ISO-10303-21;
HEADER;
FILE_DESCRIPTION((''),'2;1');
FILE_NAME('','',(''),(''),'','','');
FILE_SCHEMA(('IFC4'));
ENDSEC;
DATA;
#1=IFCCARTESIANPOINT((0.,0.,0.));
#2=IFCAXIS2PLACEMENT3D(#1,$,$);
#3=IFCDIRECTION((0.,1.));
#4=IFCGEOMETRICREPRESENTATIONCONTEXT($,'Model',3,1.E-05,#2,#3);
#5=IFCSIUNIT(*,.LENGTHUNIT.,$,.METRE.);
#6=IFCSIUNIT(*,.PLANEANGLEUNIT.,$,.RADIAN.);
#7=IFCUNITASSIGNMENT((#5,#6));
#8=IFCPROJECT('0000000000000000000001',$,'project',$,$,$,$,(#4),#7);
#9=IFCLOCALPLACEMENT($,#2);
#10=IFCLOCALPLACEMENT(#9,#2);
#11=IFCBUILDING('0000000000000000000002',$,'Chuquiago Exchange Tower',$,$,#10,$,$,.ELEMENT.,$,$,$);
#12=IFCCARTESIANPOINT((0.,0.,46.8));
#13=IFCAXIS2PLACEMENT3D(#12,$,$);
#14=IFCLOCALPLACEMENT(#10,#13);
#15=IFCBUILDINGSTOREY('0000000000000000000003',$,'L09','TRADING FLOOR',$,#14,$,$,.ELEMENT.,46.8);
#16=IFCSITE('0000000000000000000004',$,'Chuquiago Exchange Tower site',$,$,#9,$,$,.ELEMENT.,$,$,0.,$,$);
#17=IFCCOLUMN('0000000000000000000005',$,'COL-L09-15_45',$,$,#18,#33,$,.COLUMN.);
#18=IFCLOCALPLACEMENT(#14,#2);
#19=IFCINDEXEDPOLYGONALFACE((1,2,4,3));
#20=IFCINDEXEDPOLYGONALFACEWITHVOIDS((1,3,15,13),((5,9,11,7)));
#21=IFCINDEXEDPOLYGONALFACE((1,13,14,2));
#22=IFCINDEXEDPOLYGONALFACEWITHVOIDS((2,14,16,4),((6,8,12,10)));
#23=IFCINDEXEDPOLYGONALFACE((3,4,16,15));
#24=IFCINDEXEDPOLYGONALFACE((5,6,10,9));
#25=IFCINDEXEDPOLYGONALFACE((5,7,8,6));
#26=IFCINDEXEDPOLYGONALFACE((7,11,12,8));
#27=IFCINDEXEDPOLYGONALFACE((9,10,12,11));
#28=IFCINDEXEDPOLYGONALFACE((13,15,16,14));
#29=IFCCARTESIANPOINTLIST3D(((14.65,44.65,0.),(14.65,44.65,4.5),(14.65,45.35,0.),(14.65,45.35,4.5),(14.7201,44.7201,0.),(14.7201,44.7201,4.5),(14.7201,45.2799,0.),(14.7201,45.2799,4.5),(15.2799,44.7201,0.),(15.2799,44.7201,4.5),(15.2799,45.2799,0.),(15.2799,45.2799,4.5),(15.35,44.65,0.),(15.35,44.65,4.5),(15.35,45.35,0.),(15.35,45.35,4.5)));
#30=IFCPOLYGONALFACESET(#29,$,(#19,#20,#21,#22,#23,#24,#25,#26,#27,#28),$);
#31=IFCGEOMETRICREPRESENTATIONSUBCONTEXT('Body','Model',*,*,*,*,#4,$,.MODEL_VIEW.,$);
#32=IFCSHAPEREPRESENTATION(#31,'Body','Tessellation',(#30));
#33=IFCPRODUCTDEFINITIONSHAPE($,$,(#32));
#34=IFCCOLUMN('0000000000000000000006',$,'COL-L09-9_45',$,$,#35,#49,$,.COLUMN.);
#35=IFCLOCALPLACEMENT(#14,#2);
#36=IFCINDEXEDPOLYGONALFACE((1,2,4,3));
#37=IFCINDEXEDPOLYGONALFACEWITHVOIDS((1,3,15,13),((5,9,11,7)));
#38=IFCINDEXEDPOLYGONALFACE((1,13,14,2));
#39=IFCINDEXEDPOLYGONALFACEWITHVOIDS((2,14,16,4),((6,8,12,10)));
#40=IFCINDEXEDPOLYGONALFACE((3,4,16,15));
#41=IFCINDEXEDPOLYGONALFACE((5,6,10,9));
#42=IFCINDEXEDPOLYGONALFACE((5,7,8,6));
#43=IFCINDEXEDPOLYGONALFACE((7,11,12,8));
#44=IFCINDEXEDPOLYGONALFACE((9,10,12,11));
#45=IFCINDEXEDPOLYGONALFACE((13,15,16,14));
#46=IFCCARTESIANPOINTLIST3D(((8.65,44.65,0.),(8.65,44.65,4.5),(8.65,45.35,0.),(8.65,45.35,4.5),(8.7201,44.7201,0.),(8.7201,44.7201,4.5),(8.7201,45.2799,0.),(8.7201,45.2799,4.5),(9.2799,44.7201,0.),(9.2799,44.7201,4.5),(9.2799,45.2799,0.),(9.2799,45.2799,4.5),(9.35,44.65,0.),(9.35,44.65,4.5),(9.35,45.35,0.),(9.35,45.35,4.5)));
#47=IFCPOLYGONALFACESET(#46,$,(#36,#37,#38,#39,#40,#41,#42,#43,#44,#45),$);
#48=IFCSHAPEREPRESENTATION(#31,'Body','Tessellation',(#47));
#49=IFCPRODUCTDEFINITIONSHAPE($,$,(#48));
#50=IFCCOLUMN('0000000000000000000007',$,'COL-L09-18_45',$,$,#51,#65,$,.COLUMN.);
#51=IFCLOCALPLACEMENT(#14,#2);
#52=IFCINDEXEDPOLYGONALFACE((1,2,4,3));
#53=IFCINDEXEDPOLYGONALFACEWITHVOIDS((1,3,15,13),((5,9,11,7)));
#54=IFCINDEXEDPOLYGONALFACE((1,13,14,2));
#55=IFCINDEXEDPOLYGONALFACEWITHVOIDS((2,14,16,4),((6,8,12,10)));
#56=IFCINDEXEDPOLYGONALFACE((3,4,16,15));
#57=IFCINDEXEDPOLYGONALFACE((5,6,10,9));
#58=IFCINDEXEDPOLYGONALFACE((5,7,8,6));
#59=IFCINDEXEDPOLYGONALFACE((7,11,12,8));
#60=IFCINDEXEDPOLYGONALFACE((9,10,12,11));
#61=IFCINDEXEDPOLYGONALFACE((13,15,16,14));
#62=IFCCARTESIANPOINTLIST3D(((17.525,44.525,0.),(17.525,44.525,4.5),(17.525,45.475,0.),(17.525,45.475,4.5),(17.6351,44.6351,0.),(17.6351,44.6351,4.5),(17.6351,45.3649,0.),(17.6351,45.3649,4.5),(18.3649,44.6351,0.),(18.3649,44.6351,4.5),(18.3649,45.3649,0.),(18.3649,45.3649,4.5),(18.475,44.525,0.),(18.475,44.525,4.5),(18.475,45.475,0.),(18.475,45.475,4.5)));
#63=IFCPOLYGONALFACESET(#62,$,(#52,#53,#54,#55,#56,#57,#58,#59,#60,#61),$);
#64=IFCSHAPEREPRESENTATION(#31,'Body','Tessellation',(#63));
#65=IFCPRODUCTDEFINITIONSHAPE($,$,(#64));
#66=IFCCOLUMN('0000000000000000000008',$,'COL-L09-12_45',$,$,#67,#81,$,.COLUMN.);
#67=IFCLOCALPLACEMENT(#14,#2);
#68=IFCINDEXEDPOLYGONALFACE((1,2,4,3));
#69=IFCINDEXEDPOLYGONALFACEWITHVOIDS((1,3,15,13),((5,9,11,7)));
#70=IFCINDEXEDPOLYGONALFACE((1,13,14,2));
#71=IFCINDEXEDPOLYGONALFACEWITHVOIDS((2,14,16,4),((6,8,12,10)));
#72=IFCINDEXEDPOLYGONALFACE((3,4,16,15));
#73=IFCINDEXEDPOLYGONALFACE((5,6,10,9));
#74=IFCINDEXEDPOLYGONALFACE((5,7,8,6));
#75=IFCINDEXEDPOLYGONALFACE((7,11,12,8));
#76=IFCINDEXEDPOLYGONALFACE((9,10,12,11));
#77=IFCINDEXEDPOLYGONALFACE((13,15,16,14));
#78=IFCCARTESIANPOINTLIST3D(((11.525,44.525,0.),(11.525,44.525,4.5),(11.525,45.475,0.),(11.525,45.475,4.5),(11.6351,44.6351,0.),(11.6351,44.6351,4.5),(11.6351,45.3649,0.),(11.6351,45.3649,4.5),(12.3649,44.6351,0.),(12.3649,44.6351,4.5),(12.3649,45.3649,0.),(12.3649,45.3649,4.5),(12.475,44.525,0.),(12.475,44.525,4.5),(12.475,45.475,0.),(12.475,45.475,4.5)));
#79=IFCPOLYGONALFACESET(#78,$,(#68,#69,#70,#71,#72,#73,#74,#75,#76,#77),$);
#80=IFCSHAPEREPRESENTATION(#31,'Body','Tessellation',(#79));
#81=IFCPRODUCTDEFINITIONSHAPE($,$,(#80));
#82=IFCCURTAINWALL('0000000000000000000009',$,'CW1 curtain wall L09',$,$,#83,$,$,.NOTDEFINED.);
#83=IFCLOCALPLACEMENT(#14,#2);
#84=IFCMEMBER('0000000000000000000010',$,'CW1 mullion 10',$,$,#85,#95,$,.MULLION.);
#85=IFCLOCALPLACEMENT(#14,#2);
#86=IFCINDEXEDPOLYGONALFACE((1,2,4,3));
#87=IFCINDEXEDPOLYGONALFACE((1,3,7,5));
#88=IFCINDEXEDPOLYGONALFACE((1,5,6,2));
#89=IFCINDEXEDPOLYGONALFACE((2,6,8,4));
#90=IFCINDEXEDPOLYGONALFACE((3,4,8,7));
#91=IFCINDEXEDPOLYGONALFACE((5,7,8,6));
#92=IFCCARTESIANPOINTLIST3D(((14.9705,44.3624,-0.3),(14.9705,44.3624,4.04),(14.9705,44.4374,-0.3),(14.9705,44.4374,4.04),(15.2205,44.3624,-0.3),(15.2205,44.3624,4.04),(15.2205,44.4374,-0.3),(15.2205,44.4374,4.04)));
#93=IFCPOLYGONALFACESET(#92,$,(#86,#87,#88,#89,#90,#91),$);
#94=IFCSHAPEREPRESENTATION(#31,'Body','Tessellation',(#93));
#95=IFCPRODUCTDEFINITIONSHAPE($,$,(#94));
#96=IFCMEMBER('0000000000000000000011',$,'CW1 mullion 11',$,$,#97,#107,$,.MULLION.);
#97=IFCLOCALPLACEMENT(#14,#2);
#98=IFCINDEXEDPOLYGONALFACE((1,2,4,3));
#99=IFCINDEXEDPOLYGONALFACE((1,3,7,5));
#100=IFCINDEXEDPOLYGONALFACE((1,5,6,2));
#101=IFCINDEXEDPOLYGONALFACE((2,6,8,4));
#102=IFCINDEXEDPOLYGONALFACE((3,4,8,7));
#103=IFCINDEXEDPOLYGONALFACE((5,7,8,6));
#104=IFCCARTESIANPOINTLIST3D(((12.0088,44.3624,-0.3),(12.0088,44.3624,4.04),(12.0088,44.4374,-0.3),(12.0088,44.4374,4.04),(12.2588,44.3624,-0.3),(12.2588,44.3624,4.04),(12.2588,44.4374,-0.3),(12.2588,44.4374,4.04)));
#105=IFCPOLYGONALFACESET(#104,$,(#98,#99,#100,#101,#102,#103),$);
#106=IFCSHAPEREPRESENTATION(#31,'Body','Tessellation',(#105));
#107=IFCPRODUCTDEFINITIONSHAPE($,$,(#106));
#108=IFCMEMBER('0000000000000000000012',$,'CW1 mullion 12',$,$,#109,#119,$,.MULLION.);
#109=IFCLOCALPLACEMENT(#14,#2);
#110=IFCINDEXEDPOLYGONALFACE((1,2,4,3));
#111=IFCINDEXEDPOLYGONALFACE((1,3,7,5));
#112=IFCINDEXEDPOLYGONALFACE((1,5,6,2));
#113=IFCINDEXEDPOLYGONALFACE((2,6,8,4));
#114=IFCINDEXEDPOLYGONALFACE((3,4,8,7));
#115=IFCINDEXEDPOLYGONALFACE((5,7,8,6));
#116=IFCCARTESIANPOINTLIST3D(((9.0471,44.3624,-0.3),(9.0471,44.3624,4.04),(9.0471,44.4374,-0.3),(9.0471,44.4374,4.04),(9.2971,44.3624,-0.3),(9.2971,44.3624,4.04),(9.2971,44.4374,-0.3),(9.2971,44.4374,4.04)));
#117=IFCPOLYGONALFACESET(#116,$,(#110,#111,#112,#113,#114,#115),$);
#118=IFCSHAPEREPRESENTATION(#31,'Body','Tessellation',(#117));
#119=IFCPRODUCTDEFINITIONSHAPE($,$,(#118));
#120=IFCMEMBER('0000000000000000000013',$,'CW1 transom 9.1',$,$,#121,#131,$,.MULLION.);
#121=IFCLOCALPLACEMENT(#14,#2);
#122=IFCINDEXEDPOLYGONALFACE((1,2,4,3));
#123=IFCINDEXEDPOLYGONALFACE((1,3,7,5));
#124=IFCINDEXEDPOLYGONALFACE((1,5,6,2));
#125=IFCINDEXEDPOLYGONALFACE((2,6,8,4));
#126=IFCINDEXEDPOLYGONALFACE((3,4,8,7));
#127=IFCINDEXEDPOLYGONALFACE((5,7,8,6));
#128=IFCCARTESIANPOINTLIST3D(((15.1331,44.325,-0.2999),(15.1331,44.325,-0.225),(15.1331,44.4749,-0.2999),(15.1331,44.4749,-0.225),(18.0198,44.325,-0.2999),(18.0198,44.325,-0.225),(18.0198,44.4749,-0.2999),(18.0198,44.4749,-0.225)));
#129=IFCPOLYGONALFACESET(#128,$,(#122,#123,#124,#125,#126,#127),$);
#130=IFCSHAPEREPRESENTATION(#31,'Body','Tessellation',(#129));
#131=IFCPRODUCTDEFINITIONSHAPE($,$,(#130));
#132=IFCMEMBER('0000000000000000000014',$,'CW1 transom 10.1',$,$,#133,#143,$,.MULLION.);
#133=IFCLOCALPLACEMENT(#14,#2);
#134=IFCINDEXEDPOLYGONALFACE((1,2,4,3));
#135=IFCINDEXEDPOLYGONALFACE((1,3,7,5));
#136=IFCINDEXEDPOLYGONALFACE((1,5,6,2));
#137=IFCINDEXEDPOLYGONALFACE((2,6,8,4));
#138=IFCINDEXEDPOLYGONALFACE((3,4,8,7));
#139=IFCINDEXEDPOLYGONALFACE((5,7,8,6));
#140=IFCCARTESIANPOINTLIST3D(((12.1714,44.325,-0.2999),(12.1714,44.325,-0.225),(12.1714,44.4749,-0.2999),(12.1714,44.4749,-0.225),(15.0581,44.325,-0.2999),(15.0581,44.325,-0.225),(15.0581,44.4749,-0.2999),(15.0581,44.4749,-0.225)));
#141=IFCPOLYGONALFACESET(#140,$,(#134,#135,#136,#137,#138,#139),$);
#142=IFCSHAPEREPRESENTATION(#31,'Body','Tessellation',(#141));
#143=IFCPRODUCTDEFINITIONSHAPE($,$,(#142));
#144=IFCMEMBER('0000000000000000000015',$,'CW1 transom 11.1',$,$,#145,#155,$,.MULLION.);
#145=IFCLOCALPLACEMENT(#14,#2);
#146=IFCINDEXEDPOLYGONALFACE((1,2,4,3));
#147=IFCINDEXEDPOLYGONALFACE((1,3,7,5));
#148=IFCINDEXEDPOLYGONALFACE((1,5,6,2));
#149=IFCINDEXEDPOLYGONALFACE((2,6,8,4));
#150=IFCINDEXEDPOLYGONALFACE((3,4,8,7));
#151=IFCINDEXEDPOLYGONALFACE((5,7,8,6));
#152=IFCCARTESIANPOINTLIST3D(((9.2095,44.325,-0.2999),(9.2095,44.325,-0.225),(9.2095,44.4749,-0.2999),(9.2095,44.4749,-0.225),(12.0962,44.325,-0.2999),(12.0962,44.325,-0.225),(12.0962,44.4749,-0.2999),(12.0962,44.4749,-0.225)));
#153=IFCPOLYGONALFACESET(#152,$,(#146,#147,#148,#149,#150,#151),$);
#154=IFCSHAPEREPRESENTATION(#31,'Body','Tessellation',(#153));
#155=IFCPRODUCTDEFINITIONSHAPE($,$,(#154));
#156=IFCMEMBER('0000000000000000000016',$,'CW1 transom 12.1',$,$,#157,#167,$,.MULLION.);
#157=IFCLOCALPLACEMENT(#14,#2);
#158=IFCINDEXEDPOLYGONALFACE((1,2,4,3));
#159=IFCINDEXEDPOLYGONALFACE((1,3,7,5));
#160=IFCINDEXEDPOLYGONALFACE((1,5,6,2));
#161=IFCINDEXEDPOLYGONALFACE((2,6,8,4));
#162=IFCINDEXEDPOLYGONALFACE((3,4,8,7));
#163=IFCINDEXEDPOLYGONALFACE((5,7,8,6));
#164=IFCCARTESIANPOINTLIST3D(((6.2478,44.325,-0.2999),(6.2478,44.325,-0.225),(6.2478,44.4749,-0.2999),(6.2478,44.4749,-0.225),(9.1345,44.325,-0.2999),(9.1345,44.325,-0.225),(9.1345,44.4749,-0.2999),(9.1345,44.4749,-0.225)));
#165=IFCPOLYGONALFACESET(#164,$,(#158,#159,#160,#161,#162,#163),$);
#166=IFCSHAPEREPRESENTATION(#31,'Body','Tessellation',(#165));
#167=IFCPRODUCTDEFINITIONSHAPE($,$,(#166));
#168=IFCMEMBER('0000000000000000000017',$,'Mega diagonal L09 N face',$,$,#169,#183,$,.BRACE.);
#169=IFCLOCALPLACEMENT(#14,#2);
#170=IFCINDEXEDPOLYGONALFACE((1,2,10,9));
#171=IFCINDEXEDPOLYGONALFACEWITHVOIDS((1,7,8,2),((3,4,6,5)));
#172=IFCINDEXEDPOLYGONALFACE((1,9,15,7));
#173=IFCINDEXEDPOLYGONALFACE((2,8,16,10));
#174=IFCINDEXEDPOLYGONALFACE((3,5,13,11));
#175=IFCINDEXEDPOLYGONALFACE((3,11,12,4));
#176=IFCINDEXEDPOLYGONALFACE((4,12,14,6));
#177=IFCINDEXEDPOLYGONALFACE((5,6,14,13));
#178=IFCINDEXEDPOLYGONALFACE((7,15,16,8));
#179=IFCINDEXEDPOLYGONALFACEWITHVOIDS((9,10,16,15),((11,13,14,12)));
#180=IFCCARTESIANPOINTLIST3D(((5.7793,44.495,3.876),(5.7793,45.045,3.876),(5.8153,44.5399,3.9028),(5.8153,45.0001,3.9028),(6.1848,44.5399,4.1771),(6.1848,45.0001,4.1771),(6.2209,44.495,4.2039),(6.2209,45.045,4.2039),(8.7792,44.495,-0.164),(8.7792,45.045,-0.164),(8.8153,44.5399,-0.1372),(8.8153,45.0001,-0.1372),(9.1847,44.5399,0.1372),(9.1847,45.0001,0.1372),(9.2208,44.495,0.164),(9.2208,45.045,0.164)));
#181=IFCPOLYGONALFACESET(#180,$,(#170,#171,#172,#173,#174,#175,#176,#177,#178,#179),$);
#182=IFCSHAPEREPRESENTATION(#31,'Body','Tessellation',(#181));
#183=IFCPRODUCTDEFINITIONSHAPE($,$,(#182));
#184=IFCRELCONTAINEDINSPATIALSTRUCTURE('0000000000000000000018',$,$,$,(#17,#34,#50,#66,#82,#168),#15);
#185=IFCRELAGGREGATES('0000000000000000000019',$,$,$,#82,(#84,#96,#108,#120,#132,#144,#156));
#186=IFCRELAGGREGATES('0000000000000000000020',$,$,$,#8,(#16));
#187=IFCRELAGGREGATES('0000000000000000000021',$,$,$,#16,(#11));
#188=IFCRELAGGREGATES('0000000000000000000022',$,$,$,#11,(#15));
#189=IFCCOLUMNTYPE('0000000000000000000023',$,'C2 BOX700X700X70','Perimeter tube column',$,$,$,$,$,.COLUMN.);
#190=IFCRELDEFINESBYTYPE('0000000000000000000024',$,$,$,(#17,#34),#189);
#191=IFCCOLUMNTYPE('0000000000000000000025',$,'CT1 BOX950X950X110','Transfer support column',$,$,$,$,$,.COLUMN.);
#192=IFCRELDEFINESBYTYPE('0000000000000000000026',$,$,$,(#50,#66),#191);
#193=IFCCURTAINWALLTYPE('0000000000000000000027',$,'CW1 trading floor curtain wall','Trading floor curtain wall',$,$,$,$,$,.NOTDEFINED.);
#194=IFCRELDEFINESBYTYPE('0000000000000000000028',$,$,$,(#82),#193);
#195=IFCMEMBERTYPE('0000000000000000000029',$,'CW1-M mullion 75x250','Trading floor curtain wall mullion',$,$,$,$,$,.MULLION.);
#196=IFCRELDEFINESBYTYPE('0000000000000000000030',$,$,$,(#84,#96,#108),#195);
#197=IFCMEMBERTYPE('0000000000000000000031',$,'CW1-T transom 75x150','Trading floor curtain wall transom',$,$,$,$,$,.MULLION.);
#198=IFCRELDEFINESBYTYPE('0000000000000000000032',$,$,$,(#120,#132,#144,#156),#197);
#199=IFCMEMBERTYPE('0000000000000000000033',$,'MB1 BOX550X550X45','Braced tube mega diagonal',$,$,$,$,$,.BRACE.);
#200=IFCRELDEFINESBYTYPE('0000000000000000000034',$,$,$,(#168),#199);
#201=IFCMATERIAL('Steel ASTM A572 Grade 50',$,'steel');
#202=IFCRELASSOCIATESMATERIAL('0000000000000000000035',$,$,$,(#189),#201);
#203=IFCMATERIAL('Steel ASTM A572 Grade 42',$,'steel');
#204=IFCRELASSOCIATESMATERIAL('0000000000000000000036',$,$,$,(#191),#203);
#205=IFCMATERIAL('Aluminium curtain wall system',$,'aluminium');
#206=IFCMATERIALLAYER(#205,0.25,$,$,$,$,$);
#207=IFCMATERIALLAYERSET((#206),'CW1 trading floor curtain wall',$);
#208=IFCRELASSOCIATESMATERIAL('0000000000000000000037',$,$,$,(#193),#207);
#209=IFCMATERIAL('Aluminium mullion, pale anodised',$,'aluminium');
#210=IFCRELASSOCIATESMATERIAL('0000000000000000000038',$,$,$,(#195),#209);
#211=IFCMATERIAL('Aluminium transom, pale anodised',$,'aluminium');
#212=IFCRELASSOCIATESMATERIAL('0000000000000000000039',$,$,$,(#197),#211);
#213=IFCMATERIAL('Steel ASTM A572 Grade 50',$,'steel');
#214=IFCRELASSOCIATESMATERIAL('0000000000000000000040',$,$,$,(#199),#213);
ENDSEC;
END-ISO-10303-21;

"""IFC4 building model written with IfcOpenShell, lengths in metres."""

from ifc_helpers import new_model, si_unit, direction, frame, origin, origin_2d, place, context, subcontext, project, spatial, rectangle, hollow_rectangle, extrude, material, layer, layer_set, material_profile, profile_set, type_object, element, aggregate, save


model = new_model("IFC4")

# Units and contexts
model_context = context("Model", 3, precision=1e-05, world=origin(), true_north=direction((0.0, 1.0)))
body_context = subcontext(model_context, "Body", "Model", "MODEL_VIEW")
ifc_project = project(units=[si_unit("LENGTHUNIT", "METRE"), si_unit("PLANEANGLEUNIT", "RADIAN")], contexts=[model_context])

# Site, building, storey
site_placement = place(None, origin())
site = spatial("IfcSite", under=ifc_project, at=site_placement, Name="Chuquiago Exchange Tower site", CompositionType="ELEMENT", RefElevation=0.0)
building_placement = place(site_placement, origin())
building = spatial("IfcBuilding", under=site, at=building_placement, Name="Chuquiago Exchange Tower", CompositionType="ELEMENT")
storey_placement = place(building_placement, frame((0.0, 0.0, 46.8)))
storey = spatial("IfcBuildingStorey", under=building, at=storey_placement, Name="L09", Description="TRADING FLOOR", CompositionType="ELEMENT", Elevation=46.8)

# Columns
ifc_material_1 = material(Name="Steel ASTM A572 Grade 50", Category="steel")
ifc_material_profile_1 = material_profile(ifc_material_1, hollow_rectangle(XDim=0.7, YDim=0.7, WallThickness=0.0701, at=origin_2d()), Name="BOX700X700X70")
ifc_profile_set_1 = profile_set([ifc_material_profile_1], Name="Steel ASTM A572 Grade 50")
column_type_1 = type_object("IfcColumnType", Name="C2 BOX700X700X70", Description="Perimeter tube column", PredefinedType="COLUMN", material=ifc_profile_set_1)
for number, where, z_axis, x_axis, name in (
    (1, (15.0, 45.0, 0.0), (0.0, 0.0, 1.0), (0.0, 1.0, 0.0), "COL-L09-15_45"),
    (2, (9.0, 45.0, 0.0), (0.0, 0.0, 1.0), (0.0, 1.0, 0.0), "COL-L09-9_45"),
):
    element("IfcColumn", number, at=place(storey_placement, frame(where, z_axis=z_axis, x_axis=x_axis)), inside=storey, type_object=column_type_1, Name=name, PredefinedType="COLUMN", context=body_context, shape_type="SweptSolid", body=[
        extrude(hollow_rectangle(XDim=0.7, YDim=0.7, WallThickness=0.0701, at=origin_2d()), origin(), (0.0, 0.0, 1.0), 4.5),
    ])
ifc_material_2 = material(Name="Steel ASTM A572 Grade 42", Category="steel")
ifc_material_profile_2 = material_profile(ifc_material_2, hollow_rectangle(XDim=0.95, YDim=0.95, WallThickness=0.1101, at=origin_2d()), Name="BOX950X950X110")
ifc_profile_set_2 = profile_set([ifc_material_profile_2], Name="Steel ASTM A572 Grade 42")
column_type_2 = type_object("IfcColumnType", Name="CT1 BOX950X950X110", Description="Transfer support column", PredefinedType="COLUMN", material=ifc_profile_set_2)
for number, where, z_axis, x_axis, name in (
    (3, (18.0, 45.0, 0.0), (0.0, 0.0, 1.0), (0.0, 1.0, 0.0), "COL-L09-18_45"),
    (4, (12.0, 45.0, 0.0), (0.0, 0.0, 1.0), (0.0, 1.0, 0.0), "COL-L09-12_45"),
):
    element("IfcColumn", number, at=place(storey_placement, frame(where, z_axis=z_axis, x_axis=x_axis)), inside=storey, type_object=column_type_2, Name=name, PredefinedType="COLUMN", context=body_context, shape_type="SweptSolid", body=[
        extrude(hollow_rectangle(XDim=0.95, YDim=0.95, WallThickness=0.1101, at=origin_2d()), origin(), (0.0, 0.0, 1.0), 4.5),
    ])

# Curtain wall, members
ifc_material_3 = material(Name="Aluminium curtain wall system", Category="aluminium")
ifc_layer_1 = layer(ifc_material_3, 0.25)
ifc_layer_set_1 = layer_set([ifc_layer_1], Name="CW1 trading floor curtain wall")
curtain_wall_type = type_object("IfcCurtainWallType", Name="CW1 trading floor curtain wall", Description="Trading floor curtain wall", PredefinedType="NOTDEFINED", material=ifc_layer_set_1)
curtain_wall_placement = place(storey_placement, origin())
curtain_wall = element("IfcCurtainWall", 5, at=curtain_wall_placement, inside=storey, type_object=curtain_wall_type, Name="CW1 curtain wall L09", PredefinedType="NOTDEFINED")
ifc_material_4 = material(Name="Aluminium mullion, pale anodised", Category="aluminium")
ifc_material_profile_3 = material_profile(ifc_material_4, rectangle(XDim=0.075, YDim=0.25, at=origin_2d()), Name="AL 75x250")
ifc_profile_set_3 = profile_set([ifc_material_profile_3], Name="Aluminium mullion, pale anodised")
member_type_1 = type_object("IfcMemberType", Name="CW1-M mullion 75x250", Description="Trading floor curtain wall mullion", PredefinedType="MULLION", material=ifc_profile_set_3)
member_1_placement = place(storey_placement, frame((15.0955, 44.3999, -0.3), z_axis=(0.0, 0.0, 1.0), x_axis=(0.0, -1.0, 0.0)))
member_1 = element("IfcMember", 6, at=member_1_placement, type_object=member_type_1, Name="CW1 mullion 10", PredefinedType="MULLION", context=body_context, shape_type="SweptSolid", body=[
    extrude(rectangle(XDim=0.075, YDim=0.25, at=origin_2d()), origin(), (0.0, 0.0, 1.0), 4.3401),
])
member_2_placement = place(storey_placement, frame((12.1338, 44.3999, -0.3), z_axis=(0.0, 0.0, 1.0), x_axis=(0.0, -1.0, 0.0)))
member_2 = element("IfcMember", 7, at=member_2_placement, type_object=member_type_1, Name="CW1 mullion 11", PredefinedType="MULLION", context=body_context, shape_type="SweptSolid", body=[
    extrude(rectangle(XDim=0.075, YDim=0.25, at=origin_2d()), origin(), (0.0, 0.0, 1.0), 4.3401),
])
member_3_placement = place(storey_placement, frame((9.1721, 44.3999, -0.3), z_axis=(0.0, 0.0, 1.0), x_axis=(0.0, -1.0, 0.0)))
member_3 = element("IfcMember", 8, at=member_3_placement, type_object=member_type_1, Name="CW1 mullion 12", PredefinedType="MULLION", context=body_context, shape_type="SweptSolid", body=[
    extrude(rectangle(XDim=0.075, YDim=0.25, at=origin_2d()), origin(), (0.0, 0.0, 1.0), 4.3401),
])
ifc_material_5 = material(Name="Aluminium transom, pale anodised", Category="aluminium")
ifc_material_profile_4 = material_profile(ifc_material_5, rectangle(XDim=0.1499, YDim=0.075, at=origin_2d()), Name="AL 150x75")
ifc_profile_set_4 = profile_set([ifc_material_profile_4], Name="Aluminium transom, pale anodised")
member_type_2 = type_object("IfcMemberType", Name="CW1-T transom 75x150", Description="Trading floor curtain wall transom", PredefinedType="MULLION", material=ifc_profile_set_4)
member_4_placement = place(storey_placement, frame((18.0198, 44.3999, -0.2625), z_axis=(-1.0, 0.0, 0.0), x_axis=(0.0, -1.0, 0.0)))
member_4 = element("IfcMember", 9, at=member_4_placement, type_object=member_type_2, Name="CW1 transom 9.1", PredefinedType="MULLION", context=body_context, shape_type="SweptSolid", body=[
    extrude(rectangle(XDim=0.1499, YDim=0.075, at=origin_2d()), origin(), (0.0, 0.0, 1.0), 2.8867),
])
member_5_placement = place(storey_placement, frame((15.0581, 44.3999, -0.2625), z_axis=(-1.0, 0.0, 0.0), x_axis=(0.0, -1.0, 0.0)))
member_5 = element("IfcMember", 10, at=member_5_placement, type_object=member_type_2, Name="CW1 transom 10.1", PredefinedType="MULLION", context=body_context, shape_type="SweptSolid", body=[
    extrude(rectangle(XDim=0.1499, YDim=0.075, at=origin_2d()), origin(), (0.0, 0.0, 1.0), 2.8867),
])
member_6_placement = place(storey_placement, frame((12.0962, 44.3999, -0.2625), z_axis=(-1.0, 0.0, 0.0), x_axis=(0.0, -1.0, 0.0)))
member_6 = element("IfcMember", 11, at=member_6_placement, type_object=member_type_2, Name="CW1 transom 11.1", PredefinedType="MULLION", context=body_context, shape_type="SweptSolid", body=[
    extrude(rectangle(XDim=0.1499, YDim=0.075, at=origin_2d()), origin(), (0.0, 0.0, 1.0), 2.8867),
])
member_7_placement = place(storey_placement, frame((9.1345, 44.3999, -0.2625), z_axis=(-1.0, 0.0, 0.0), x_axis=(0.0, -1.0, 0.0)))
member_7 = element("IfcMember", 12, at=member_7_placement, type_object=member_type_2, Name="CW1 transom 12.1", PredefinedType="MULLION", context=body_context, shape_type="SweptSolid", body=[
    extrude(rectangle(XDim=0.1499, YDim=0.075, at=origin_2d()), origin(), (0.0, 0.0, 1.0), 2.8867),
])

# Member
ifc_material_6 = material(Name="Steel ASTM A572 Grade 50", Category="steel")
ifc_material_profile_5 = material_profile(ifc_material_6, hollow_rectangle(XDim=0.55, YDim=0.55, WallThickness=0.0449, at=origin_2d()), Name="BOX550X550X45")
ifc_profile_set_5 = profile_set([ifc_material_profile_5], Name="Steel ASTM A572 Grade 50")
member_type_3 = type_object("IfcMemberType", Name="MB1 BOX550X550X45", Description="Braced tube mega diagonal", PredefinedType="BRACE", material=ifc_profile_set_5)
member_8_placement = place(storey_placement, frame((9.0, 44.77, 0.0), z_axis=(-0.596174, 0.0, 0.802855), x_axis=(0.0, -1.0, 0.0)))
element("IfcMember", 13, at=member_8_placement, inside=storey, type_object=member_type_3, Name="Mega diagonal L09 N face", PredefinedType="BRACE", context=body_context, shape_type="SweptSolid", body=[
    extrude(hollow_rectangle(XDim=0.55, YDim=0.55, WallThickness=0.0449, at=origin_2d()), origin(), (0.0, 0.0, 1.0), 5.032),
])

aggregate(curtain_wall, [member_1, member_2, member_3, member_4, member_5, member_6, member_7])

save(model, "model.ifc")
